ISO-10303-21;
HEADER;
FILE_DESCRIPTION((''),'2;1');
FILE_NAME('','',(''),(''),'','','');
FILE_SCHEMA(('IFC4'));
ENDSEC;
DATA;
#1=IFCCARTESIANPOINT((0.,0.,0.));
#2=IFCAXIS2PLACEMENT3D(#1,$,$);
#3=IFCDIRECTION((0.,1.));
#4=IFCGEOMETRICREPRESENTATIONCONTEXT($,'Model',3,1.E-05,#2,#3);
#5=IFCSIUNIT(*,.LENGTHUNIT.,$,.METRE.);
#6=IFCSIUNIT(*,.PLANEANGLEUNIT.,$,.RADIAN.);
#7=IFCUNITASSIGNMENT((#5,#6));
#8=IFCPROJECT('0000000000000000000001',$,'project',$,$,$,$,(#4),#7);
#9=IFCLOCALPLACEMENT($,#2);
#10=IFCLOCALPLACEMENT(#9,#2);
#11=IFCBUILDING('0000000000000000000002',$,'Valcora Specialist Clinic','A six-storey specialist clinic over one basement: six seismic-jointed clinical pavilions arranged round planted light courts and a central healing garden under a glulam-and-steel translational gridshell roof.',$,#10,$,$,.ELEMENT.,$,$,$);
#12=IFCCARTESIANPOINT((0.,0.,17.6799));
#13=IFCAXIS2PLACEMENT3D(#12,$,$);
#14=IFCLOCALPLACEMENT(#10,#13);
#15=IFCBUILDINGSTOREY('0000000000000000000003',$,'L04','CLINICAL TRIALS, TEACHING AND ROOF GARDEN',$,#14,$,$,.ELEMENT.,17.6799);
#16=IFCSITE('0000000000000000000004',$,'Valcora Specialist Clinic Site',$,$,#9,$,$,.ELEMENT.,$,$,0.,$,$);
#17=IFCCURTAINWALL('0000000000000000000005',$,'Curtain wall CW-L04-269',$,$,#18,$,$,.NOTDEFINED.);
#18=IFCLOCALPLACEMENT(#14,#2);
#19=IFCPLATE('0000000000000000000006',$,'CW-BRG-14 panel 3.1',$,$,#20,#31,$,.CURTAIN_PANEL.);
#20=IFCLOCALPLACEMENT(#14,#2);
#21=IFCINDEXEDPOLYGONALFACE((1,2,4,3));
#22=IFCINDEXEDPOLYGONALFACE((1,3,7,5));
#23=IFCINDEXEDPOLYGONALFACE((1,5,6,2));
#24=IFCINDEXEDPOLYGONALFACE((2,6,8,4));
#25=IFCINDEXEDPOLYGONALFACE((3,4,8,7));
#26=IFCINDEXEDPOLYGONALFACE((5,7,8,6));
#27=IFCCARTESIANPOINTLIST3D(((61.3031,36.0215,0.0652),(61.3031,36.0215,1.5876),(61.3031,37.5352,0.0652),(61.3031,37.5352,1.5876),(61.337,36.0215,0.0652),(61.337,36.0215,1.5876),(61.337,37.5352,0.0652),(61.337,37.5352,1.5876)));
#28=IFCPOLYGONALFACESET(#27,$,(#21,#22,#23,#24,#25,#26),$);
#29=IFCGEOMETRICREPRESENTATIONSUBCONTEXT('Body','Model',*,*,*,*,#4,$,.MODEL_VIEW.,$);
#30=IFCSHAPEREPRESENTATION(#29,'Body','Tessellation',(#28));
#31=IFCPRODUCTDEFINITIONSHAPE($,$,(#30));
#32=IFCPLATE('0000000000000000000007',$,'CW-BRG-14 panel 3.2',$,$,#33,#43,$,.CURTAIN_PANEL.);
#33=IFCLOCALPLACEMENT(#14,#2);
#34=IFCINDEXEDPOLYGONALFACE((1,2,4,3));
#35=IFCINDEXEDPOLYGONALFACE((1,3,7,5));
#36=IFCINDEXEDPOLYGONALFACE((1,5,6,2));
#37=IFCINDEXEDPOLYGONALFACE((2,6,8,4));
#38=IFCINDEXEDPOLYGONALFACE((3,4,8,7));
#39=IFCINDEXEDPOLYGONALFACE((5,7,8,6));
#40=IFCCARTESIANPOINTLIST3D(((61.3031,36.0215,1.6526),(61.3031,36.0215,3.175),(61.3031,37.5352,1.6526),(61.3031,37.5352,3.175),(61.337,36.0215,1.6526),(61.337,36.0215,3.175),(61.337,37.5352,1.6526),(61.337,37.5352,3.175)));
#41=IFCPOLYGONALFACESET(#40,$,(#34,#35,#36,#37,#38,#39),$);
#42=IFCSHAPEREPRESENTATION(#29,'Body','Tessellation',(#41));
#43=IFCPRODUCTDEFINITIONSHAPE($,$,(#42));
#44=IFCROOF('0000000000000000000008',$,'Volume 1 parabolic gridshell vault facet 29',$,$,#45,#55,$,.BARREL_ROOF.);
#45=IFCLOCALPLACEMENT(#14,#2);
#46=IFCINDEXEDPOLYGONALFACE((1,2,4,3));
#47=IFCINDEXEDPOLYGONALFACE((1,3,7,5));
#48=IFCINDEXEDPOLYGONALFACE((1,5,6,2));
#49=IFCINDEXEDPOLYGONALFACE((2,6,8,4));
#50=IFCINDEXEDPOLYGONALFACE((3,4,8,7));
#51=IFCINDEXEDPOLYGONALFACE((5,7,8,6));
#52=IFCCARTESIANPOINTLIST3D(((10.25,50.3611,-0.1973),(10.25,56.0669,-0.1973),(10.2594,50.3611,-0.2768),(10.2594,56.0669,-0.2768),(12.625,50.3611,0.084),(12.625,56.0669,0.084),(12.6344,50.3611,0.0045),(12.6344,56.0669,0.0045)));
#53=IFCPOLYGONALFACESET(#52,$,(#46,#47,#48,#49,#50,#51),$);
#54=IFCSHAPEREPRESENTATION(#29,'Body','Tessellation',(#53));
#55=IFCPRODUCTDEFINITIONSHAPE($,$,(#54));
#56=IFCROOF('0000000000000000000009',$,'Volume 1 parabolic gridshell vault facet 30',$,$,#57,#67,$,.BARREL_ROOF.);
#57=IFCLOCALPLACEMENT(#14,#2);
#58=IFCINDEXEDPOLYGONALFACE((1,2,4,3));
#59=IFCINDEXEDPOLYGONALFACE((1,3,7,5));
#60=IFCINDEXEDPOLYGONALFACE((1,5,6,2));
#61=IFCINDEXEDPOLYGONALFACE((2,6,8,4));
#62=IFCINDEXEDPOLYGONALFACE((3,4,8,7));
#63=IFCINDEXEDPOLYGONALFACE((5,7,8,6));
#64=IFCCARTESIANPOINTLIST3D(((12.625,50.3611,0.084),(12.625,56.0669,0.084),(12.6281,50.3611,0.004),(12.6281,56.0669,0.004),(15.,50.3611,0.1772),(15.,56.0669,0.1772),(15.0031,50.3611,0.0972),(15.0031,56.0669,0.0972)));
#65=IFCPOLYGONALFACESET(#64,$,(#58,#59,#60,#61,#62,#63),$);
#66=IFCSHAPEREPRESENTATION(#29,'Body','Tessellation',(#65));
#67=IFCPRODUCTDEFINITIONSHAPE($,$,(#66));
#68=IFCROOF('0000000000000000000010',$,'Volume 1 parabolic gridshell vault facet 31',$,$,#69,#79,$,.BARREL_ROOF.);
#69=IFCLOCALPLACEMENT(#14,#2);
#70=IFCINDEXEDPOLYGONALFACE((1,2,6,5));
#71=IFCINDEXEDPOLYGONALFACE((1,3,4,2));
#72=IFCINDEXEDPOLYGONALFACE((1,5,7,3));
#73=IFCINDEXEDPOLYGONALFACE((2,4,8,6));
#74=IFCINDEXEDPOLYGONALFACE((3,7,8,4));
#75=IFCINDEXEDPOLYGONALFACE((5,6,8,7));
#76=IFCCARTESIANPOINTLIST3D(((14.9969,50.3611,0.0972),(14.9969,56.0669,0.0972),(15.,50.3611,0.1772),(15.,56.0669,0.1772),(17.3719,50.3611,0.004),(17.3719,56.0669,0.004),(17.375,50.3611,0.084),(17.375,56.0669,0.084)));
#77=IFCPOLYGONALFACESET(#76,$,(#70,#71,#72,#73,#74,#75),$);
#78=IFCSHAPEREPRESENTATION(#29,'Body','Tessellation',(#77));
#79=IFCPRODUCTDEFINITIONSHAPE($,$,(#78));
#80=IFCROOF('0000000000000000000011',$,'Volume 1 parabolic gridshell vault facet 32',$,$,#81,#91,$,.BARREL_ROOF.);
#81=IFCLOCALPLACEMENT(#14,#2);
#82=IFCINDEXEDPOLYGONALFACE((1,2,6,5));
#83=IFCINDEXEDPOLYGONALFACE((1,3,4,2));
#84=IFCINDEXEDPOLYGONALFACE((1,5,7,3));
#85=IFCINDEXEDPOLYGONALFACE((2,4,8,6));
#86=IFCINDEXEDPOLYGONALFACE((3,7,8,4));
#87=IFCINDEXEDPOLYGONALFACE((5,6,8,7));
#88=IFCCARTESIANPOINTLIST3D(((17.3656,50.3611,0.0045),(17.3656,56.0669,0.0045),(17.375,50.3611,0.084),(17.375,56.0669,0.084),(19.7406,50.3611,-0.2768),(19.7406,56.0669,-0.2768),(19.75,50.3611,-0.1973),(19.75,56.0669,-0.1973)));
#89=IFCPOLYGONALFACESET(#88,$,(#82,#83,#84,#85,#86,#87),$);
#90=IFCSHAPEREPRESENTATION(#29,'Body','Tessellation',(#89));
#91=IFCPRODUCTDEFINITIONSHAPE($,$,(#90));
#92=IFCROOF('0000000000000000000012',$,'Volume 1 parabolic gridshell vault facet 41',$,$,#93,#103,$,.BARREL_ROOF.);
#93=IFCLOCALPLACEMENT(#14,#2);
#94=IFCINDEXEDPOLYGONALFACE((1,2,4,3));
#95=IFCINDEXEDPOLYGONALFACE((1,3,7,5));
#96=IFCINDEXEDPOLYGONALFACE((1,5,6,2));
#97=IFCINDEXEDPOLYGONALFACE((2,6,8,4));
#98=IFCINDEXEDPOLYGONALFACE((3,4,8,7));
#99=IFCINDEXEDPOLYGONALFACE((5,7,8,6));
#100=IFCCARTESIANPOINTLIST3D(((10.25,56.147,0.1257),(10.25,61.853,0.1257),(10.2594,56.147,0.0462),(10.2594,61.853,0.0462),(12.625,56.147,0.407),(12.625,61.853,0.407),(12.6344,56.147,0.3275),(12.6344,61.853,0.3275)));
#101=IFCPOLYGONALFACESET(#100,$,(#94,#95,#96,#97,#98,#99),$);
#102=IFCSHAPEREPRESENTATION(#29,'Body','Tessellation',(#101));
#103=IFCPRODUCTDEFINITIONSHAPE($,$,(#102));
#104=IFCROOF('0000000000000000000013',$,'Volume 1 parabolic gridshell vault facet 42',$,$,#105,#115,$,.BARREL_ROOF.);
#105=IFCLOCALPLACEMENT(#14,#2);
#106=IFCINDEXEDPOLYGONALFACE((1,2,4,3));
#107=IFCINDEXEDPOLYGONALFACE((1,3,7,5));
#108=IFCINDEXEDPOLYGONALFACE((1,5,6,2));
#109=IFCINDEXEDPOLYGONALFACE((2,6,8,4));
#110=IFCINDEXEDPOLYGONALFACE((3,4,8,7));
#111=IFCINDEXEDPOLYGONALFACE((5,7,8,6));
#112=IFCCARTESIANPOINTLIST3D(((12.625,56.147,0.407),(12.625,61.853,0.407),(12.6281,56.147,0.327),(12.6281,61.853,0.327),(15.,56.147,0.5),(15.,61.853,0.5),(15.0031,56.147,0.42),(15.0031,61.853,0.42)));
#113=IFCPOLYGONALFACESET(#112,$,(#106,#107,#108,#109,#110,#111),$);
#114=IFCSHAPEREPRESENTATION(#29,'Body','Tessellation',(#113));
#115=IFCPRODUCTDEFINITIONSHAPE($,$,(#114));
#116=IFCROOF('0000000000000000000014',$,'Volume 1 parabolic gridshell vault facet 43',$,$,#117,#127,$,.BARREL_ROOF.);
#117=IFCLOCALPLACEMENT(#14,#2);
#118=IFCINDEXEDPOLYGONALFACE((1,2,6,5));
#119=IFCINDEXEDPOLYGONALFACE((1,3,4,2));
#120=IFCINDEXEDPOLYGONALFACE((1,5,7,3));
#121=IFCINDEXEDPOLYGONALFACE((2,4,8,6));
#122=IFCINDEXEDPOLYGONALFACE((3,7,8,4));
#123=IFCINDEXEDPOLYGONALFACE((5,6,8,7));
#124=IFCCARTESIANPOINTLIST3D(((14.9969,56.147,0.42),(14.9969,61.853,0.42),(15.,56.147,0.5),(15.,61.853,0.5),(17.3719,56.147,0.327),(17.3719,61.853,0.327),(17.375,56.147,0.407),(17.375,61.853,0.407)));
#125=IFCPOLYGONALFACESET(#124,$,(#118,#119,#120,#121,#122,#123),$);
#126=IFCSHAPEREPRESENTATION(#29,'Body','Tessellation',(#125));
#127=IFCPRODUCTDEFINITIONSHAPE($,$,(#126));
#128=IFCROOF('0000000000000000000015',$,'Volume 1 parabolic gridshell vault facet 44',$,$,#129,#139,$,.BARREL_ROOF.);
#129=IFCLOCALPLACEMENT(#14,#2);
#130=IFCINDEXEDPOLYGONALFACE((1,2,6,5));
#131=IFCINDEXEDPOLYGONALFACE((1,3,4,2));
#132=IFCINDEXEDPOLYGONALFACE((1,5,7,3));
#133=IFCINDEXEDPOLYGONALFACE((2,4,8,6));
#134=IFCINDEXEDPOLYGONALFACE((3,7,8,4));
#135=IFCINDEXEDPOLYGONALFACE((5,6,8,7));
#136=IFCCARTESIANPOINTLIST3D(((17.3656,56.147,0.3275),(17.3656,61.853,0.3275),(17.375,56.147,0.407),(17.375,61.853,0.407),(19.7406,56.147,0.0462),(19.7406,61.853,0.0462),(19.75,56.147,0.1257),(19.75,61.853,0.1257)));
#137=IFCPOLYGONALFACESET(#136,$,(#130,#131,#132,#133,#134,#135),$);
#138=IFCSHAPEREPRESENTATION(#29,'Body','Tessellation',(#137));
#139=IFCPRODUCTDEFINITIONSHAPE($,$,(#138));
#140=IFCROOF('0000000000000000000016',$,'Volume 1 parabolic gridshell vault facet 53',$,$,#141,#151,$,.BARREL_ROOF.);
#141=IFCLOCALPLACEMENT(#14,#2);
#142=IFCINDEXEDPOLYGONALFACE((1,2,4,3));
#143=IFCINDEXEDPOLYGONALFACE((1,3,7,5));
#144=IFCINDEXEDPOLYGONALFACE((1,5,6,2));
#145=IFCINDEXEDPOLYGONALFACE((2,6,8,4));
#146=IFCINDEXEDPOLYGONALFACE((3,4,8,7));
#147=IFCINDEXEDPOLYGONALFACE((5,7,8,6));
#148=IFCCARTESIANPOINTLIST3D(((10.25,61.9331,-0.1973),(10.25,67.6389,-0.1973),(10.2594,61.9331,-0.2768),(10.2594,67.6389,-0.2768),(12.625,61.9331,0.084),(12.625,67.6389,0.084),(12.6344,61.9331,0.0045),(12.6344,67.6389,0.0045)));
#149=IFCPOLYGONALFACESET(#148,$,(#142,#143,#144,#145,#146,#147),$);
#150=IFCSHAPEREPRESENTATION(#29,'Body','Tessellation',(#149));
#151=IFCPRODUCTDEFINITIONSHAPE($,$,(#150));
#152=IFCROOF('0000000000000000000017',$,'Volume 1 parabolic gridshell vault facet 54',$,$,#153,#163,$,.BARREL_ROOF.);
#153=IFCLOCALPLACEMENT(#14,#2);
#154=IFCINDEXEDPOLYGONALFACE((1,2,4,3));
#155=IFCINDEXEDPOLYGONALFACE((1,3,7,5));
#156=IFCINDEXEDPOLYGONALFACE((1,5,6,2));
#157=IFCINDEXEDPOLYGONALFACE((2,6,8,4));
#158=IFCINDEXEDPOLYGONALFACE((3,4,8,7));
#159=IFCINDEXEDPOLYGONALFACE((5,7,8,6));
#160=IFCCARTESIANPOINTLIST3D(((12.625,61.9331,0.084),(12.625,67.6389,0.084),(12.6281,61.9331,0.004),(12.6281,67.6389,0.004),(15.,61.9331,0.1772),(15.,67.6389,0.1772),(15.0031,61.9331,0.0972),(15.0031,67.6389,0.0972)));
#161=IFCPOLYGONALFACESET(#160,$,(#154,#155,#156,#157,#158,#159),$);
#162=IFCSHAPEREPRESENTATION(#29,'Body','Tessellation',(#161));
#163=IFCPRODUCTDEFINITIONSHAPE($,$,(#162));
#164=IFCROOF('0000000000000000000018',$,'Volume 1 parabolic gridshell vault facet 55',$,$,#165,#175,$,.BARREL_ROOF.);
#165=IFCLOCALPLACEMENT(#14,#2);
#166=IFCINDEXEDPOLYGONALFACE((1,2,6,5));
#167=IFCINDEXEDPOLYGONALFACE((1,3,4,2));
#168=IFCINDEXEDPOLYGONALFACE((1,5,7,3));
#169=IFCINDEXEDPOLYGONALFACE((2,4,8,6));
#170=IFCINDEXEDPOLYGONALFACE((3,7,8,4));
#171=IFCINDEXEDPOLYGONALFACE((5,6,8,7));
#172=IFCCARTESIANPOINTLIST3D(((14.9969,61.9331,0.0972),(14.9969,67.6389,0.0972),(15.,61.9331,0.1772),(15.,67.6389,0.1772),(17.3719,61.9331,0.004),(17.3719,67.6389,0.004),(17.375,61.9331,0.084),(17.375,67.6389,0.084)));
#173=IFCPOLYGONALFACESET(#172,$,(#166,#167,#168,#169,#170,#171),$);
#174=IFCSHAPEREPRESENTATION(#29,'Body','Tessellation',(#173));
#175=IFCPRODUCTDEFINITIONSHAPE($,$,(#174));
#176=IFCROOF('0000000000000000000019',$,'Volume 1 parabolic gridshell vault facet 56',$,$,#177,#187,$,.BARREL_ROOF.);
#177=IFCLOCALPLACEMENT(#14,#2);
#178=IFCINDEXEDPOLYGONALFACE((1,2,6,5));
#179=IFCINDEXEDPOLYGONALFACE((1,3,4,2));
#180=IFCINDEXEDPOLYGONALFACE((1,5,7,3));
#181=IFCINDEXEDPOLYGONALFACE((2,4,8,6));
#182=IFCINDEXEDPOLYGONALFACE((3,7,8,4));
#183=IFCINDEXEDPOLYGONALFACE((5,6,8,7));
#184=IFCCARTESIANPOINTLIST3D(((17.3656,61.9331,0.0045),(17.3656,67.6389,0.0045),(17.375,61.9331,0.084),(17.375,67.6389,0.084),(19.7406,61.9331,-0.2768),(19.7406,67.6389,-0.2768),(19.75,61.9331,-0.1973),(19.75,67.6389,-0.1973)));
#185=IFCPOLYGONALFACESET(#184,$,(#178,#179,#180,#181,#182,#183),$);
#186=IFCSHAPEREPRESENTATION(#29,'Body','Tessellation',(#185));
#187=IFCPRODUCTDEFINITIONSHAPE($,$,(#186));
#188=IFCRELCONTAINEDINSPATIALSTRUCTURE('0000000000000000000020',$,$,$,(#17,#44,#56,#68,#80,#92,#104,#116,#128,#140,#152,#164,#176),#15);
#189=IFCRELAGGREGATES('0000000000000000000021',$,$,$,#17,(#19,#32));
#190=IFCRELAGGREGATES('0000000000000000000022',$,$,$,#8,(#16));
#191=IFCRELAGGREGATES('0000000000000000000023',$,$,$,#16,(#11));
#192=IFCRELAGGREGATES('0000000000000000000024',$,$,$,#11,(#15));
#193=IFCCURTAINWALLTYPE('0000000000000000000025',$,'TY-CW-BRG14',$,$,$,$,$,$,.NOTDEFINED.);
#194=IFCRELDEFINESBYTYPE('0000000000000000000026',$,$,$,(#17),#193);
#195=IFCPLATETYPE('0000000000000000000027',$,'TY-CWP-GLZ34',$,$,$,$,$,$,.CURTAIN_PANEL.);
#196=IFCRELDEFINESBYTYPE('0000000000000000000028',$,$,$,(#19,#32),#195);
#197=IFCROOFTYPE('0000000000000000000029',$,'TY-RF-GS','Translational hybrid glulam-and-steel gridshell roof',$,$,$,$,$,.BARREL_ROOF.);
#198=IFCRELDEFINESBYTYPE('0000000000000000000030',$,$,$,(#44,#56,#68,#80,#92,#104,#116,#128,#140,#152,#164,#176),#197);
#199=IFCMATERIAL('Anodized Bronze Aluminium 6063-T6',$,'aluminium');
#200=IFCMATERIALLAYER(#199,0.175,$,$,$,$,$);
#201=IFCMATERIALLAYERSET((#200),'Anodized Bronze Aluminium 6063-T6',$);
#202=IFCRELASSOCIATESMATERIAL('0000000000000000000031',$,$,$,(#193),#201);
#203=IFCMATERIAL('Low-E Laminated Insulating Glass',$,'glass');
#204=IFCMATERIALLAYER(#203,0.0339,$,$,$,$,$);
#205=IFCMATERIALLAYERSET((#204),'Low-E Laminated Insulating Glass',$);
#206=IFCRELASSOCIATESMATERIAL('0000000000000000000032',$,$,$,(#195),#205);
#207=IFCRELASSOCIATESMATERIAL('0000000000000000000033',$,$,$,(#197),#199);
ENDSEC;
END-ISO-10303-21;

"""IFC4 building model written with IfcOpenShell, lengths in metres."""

from ifc_helpers import new_model, si_unit, direction, frame, origin, origin_2d, place, context, subcontext, project, spatial, polyline, rectangle, outline, extrude, material, layer, layer_set, type_object, element, aggregate, save


model = new_model("IFC4")

# Units and contexts
model_context = context("Model", 3, precision=1e-05, world=origin(), true_north=direction((0.0, 1.0)))
body_context = subcontext(model_context, "Body", "Model", "MODEL_VIEW")
ifc_project = project(units=[si_unit("LENGTHUNIT", "METRE"), si_unit("PLANEANGLEUNIT", "RADIAN")], contexts=[model_context])

# Site, building, storey
site_placement = place(None, origin())
site = spatial("IfcSite", under=ifc_project, at=site_placement, Name="Valcora Specialist Clinic Site", CompositionType="ELEMENT", RefElevation=0.0)
building_placement = place(site_placement, origin())
building = spatial("IfcBuilding", under=site, at=building_placement, Name="Valcora Specialist Clinic", Description="A six-storey specialist clinic over one basement: six seismic-jointed clinical pavilions arranged round planted light courts and a central healing garden under a glulam-and-steel translational gridshell roof.", CompositionType="ELEMENT")
storey_placement = place(building_placement, frame((0.0, 0.0, 17.6799)))
storey = spatial("IfcBuildingStorey", under=building, at=storey_placement, Name="L04", Description="CLINICAL TRIALS, TEACHING AND ROOF GARDEN", CompositionType="ELEMENT", Elevation=17.6799)

# Shared definitions
ifc_material_1 = material(Name="Anodized Bronze Aluminium 6063-T6", Category="aluminium")
ifc_layer_1 = layer(ifc_material_1, 0.175)
ifc_layer_set_1 = layer_set([ifc_layer_1], Name="Anodized Bronze Aluminium 6063-T6")
curtain_wall_type = type_object("IfcCurtainWallType", Name="TY-CW-BRG14", PredefinedType="NOTDEFINED", material=ifc_layer_set_1)

# Curtain wall
curtain_wall_1_placement = place(storey_placement, origin())
curtain_wall_1 = element("IfcCurtainWall", 1, at=curtain_wall_1_placement, inside=storey, type_object=curtain_wall_type, Name="Curtain wall CW-L04-269", PredefinedType="NOTDEFINED")

# Plates
ifc_material_2 = material(Name="Low-E Laminated Insulating Glass", Category="glass")
ifc_layer_2 = layer(ifc_material_2, 0.0339)
ifc_layer_set_2 = layer_set([ifc_layer_2], Name="Low-E Laminated Insulating Glass")
plate_type_1 = type_object("IfcPlateType", Name="TY-CWP-GLZ34", PredefinedType="CURTAIN_PANEL", material=ifc_layer_set_2)
plate_1_placement = place(storey_placement, frame((61.3201, 36.7783, 0.0652), z_axis=(0.0, 0.0, 1.0), x_axis=(0.0, 1.0, 0.0)))
plate_1 = element("IfcPlate", 2, at=plate_1_placement, type_object=plate_type_1, Name="CW-BRG-14 panel 3.1", PredefinedType="CURTAIN_PANEL", context=body_context, shape_type="SweptSolid", body=[
    extrude(rectangle(XDim=1.5137, YDim=0.0339, at=origin_2d()), origin(), (0.0, 0.0, 1.0), 1.5225),
])
plate_2_placement = place(storey_placement, frame((61.3201, 36.7783, 1.6526), z_axis=(0.0, 0.0, 1.0), x_axis=(0.0, 1.0, 0.0)))
plate_2 = element("IfcPlate", 3, at=plate_2_placement, type_object=plate_type_1, Name="CW-BRG-14 panel 3.2", PredefinedType="CURTAIN_PANEL", context=body_context, shape_type="SweptSolid", body=[
    extrude(rectangle(XDim=1.5137, YDim=0.0339, at=origin_2d()), origin(), (0.0, 0.0, 1.0), 1.5225),
])
aggregate(curtain_wall_1, [plate_1, plate_2])

# Roofs
roof_type = type_object("IfcRoofType", Name="TY-RF-GS", Description="Translational hybrid glulam-and-steel gridshell roof", PredefinedType="BARREL_ROOF", material=ifc_material_1)
roof_1_placement = place(storey_placement, frame((10.25, 50.3611, -0.1973), z_axis=(-0.117599, 0.0, 0.993061), x_axis=(0.993061, 0.0, 0.117599)))
element("IfcRoof", 4, at=roof_1_placement, inside=storey, type_object=roof_type, Name="Volume 1 parabolic gridshell vault facet 29", PredefinedType="BARREL_ROOF", context=body_context, shape_type="SweptSolid", body=[
    extrude(outline(polyline([(0.0, 0.0), (2.3916, 0.0), (2.3916, 5.7058), (0.0, 5.7058), (0.0, 0.0)])), origin(), (0.0, 0.0, -1.0), 0.0801),
])
for number, where, z_axis, x_axis, name in (
    (5, (12.625, 50.3611, 0.084), (-0.039238, 0.0, 0.99923), (0.99923, 0.0, 0.039238), "Volume 1 parabolic gridshell vault facet 30"),
    (6, (15.0, 50.3611, 0.1772), (0.039238, 0.0, 0.99923), (0.99923, 0.0, -0.039238), "Volume 1 parabolic gridshell vault facet 31"),
):
    element("IfcRoof", number, at=place(storey_placement, frame(where, z_axis=z_axis, x_axis=x_axis)), inside=storey, type_object=roof_type, Name=name, PredefinedType="BARREL_ROOF", context=body_context, shape_type="SweptSolid", body=[
        extrude(outline(polyline([(0.0, 0.0), (2.3768, 0.0), (2.3768, 5.7058), (0.0, 5.7058), (0.0, 0.0)])), origin(), (0.0, 0.0, -1.0), 0.0801),
    ])
roof_2_placement = place(storey_placement, frame((17.375, 50.3611, 0.084), z_axis=(0.117599, 0.0, 0.993061), x_axis=(0.993061, 0.0, -0.117599)))
element("IfcRoof", 7, at=roof_2_placement, inside=storey, type_object=roof_type, Name="Volume 1 parabolic gridshell vault facet 32", PredefinedType="BARREL_ROOF", context=body_context, shape_type="SweptSolid", body=[
    extrude(outline(polyline([(0.0, 0.0), (2.3916, 0.0), (2.3916, 5.7058), (0.0, 5.7058), (0.0, 0.0)])), origin(), (0.0, 0.0, -1.0), 0.0801),
])
roof_3_placement = place(storey_placement, frame((10.25, 56.147, 0.1257), z_axis=(-0.117599, 0.0, 0.993061), x_axis=(0.993061, 0.0, 0.117599)))
element("IfcRoof", 8, at=roof_3_placement, inside=storey, type_object=roof_type, Name="Volume 1 parabolic gridshell vault facet 41", PredefinedType="BARREL_ROOF", context=body_context, shape_type="SweptSolid", body=[
    extrude(outline(polyline([(0.0, 0.0), (2.3916, 0.0), (2.3916, 5.7061), (0.0, 5.7061), (0.0, 0.0)])), origin(), (0.0, 0.0, -1.0), 0.0801),
])
for number, where, z_axis, x_axis, name in (
    (9, (12.625, 56.147, 0.407), (-0.039135, 0.0, 0.999234), (0.999234, 0.0, 0.039135), "Volume 1 parabolic gridshell vault facet 42"),
    (10, (15.0, 56.147, 0.5), (0.039135, 0.0, 0.999234), (0.999234, 0.0, -0.039135), "Volume 1 parabolic gridshell vault facet 43"),
):
    element("IfcRoof", number, at=place(storey_placement, frame(where, z_axis=z_axis, x_axis=x_axis)), inside=storey, type_object=roof_type, Name=name, PredefinedType="BARREL_ROOF", context=body_context, shape_type="SweptSolid", body=[
        extrude(outline(polyline([(0.0, 0.0), (2.3768, 0.0), (2.3768, 5.7061), (0.0, 5.7061), (0.0, 0.0)])), origin(), (0.0, 0.0, -1.0), 0.0801),
    ])
roof_4_placement = place(storey_placement, frame((17.375, 56.147, 0.407), z_axis=(0.117599, 0.0, 0.993061), x_axis=(0.993061, 0.0, -0.117599)))
element("IfcRoof", 11, at=roof_4_placement, inside=storey, type_object=roof_type, Name="Volume 1 parabolic gridshell vault facet 44", PredefinedType="BARREL_ROOF", context=body_context, shape_type="SweptSolid", body=[
    extrude(outline(polyline([(0.0, 0.0), (2.3916, 0.0), (2.3916, 5.7061), (0.0, 5.7061), (0.0, 0.0)])), origin(), (0.0, 0.0, -1.0), 0.0801),
])
roof_5_placement = place(storey_placement, frame((10.25, 61.9331, -0.1973), z_axis=(-0.117599, 0.0, 0.993061), x_axis=(0.993061, 0.0, 0.117599)))
element("IfcRoof", 12, at=roof_5_placement, inside=storey, type_object=roof_type, Name="Volume 1 parabolic gridshell vault facet 53", PredefinedType="BARREL_ROOF", context=body_context, shape_type="SweptSolid", body=[
    extrude(outline(polyline([(0.0, 0.0), (2.3916, 0.0), (2.3916, 5.7058), (0.0, 5.7058), (0.0, 0.0)])), origin(), (0.0, 0.0, -1.0), 0.0801),
])
for number, where, z_axis, x_axis, name in (
    (13, (12.625, 61.9331, 0.084), (-0.039238, 0.0, 0.99923), (0.99923, 0.0, 0.039238), "Volume 1 parabolic gridshell vault facet 54"),
    (14, (15.0, 61.9331, 0.1772), (0.039238, 0.0, 0.99923), (0.99923, 0.0, -0.039238), "Volume 1 parabolic gridshell vault facet 55"),
):
    element("IfcRoof", number, at=place(storey_placement, frame(where, z_axis=z_axis, x_axis=x_axis)), inside=storey, type_object=roof_type, Name=name, PredefinedType="BARREL_ROOF", context=body_context, shape_type="SweptSolid", body=[
        extrude(outline(polyline([(0.0, 0.0), (2.3768, 0.0), (2.3768, 5.7058), (0.0, 5.7058), (0.0, 0.0)])), origin(), (0.0, 0.0, -1.0), 0.0801),
    ])
roof_6_placement = place(storey_placement, frame((17.375, 61.9331, 0.084), z_axis=(0.117599, 0.0, 0.993061), x_axis=(0.993061, 0.0, -0.117599)))
element("IfcRoof", 15, at=roof_6_placement, inside=storey, type_object=roof_type, Name="Volume 1 parabolic gridshell vault facet 56", PredefinedType="BARREL_ROOF", context=body_context, shape_type="SweptSolid", body=[
    extrude(outline(polyline([(0.0, 0.0), (2.3916, 0.0), (2.3916, 5.7058), (0.0, 5.7058), (0.0, 0.0)])), origin(), (0.0, 0.0, -1.0), 0.0801),
])

save(model, "model.ifc")
